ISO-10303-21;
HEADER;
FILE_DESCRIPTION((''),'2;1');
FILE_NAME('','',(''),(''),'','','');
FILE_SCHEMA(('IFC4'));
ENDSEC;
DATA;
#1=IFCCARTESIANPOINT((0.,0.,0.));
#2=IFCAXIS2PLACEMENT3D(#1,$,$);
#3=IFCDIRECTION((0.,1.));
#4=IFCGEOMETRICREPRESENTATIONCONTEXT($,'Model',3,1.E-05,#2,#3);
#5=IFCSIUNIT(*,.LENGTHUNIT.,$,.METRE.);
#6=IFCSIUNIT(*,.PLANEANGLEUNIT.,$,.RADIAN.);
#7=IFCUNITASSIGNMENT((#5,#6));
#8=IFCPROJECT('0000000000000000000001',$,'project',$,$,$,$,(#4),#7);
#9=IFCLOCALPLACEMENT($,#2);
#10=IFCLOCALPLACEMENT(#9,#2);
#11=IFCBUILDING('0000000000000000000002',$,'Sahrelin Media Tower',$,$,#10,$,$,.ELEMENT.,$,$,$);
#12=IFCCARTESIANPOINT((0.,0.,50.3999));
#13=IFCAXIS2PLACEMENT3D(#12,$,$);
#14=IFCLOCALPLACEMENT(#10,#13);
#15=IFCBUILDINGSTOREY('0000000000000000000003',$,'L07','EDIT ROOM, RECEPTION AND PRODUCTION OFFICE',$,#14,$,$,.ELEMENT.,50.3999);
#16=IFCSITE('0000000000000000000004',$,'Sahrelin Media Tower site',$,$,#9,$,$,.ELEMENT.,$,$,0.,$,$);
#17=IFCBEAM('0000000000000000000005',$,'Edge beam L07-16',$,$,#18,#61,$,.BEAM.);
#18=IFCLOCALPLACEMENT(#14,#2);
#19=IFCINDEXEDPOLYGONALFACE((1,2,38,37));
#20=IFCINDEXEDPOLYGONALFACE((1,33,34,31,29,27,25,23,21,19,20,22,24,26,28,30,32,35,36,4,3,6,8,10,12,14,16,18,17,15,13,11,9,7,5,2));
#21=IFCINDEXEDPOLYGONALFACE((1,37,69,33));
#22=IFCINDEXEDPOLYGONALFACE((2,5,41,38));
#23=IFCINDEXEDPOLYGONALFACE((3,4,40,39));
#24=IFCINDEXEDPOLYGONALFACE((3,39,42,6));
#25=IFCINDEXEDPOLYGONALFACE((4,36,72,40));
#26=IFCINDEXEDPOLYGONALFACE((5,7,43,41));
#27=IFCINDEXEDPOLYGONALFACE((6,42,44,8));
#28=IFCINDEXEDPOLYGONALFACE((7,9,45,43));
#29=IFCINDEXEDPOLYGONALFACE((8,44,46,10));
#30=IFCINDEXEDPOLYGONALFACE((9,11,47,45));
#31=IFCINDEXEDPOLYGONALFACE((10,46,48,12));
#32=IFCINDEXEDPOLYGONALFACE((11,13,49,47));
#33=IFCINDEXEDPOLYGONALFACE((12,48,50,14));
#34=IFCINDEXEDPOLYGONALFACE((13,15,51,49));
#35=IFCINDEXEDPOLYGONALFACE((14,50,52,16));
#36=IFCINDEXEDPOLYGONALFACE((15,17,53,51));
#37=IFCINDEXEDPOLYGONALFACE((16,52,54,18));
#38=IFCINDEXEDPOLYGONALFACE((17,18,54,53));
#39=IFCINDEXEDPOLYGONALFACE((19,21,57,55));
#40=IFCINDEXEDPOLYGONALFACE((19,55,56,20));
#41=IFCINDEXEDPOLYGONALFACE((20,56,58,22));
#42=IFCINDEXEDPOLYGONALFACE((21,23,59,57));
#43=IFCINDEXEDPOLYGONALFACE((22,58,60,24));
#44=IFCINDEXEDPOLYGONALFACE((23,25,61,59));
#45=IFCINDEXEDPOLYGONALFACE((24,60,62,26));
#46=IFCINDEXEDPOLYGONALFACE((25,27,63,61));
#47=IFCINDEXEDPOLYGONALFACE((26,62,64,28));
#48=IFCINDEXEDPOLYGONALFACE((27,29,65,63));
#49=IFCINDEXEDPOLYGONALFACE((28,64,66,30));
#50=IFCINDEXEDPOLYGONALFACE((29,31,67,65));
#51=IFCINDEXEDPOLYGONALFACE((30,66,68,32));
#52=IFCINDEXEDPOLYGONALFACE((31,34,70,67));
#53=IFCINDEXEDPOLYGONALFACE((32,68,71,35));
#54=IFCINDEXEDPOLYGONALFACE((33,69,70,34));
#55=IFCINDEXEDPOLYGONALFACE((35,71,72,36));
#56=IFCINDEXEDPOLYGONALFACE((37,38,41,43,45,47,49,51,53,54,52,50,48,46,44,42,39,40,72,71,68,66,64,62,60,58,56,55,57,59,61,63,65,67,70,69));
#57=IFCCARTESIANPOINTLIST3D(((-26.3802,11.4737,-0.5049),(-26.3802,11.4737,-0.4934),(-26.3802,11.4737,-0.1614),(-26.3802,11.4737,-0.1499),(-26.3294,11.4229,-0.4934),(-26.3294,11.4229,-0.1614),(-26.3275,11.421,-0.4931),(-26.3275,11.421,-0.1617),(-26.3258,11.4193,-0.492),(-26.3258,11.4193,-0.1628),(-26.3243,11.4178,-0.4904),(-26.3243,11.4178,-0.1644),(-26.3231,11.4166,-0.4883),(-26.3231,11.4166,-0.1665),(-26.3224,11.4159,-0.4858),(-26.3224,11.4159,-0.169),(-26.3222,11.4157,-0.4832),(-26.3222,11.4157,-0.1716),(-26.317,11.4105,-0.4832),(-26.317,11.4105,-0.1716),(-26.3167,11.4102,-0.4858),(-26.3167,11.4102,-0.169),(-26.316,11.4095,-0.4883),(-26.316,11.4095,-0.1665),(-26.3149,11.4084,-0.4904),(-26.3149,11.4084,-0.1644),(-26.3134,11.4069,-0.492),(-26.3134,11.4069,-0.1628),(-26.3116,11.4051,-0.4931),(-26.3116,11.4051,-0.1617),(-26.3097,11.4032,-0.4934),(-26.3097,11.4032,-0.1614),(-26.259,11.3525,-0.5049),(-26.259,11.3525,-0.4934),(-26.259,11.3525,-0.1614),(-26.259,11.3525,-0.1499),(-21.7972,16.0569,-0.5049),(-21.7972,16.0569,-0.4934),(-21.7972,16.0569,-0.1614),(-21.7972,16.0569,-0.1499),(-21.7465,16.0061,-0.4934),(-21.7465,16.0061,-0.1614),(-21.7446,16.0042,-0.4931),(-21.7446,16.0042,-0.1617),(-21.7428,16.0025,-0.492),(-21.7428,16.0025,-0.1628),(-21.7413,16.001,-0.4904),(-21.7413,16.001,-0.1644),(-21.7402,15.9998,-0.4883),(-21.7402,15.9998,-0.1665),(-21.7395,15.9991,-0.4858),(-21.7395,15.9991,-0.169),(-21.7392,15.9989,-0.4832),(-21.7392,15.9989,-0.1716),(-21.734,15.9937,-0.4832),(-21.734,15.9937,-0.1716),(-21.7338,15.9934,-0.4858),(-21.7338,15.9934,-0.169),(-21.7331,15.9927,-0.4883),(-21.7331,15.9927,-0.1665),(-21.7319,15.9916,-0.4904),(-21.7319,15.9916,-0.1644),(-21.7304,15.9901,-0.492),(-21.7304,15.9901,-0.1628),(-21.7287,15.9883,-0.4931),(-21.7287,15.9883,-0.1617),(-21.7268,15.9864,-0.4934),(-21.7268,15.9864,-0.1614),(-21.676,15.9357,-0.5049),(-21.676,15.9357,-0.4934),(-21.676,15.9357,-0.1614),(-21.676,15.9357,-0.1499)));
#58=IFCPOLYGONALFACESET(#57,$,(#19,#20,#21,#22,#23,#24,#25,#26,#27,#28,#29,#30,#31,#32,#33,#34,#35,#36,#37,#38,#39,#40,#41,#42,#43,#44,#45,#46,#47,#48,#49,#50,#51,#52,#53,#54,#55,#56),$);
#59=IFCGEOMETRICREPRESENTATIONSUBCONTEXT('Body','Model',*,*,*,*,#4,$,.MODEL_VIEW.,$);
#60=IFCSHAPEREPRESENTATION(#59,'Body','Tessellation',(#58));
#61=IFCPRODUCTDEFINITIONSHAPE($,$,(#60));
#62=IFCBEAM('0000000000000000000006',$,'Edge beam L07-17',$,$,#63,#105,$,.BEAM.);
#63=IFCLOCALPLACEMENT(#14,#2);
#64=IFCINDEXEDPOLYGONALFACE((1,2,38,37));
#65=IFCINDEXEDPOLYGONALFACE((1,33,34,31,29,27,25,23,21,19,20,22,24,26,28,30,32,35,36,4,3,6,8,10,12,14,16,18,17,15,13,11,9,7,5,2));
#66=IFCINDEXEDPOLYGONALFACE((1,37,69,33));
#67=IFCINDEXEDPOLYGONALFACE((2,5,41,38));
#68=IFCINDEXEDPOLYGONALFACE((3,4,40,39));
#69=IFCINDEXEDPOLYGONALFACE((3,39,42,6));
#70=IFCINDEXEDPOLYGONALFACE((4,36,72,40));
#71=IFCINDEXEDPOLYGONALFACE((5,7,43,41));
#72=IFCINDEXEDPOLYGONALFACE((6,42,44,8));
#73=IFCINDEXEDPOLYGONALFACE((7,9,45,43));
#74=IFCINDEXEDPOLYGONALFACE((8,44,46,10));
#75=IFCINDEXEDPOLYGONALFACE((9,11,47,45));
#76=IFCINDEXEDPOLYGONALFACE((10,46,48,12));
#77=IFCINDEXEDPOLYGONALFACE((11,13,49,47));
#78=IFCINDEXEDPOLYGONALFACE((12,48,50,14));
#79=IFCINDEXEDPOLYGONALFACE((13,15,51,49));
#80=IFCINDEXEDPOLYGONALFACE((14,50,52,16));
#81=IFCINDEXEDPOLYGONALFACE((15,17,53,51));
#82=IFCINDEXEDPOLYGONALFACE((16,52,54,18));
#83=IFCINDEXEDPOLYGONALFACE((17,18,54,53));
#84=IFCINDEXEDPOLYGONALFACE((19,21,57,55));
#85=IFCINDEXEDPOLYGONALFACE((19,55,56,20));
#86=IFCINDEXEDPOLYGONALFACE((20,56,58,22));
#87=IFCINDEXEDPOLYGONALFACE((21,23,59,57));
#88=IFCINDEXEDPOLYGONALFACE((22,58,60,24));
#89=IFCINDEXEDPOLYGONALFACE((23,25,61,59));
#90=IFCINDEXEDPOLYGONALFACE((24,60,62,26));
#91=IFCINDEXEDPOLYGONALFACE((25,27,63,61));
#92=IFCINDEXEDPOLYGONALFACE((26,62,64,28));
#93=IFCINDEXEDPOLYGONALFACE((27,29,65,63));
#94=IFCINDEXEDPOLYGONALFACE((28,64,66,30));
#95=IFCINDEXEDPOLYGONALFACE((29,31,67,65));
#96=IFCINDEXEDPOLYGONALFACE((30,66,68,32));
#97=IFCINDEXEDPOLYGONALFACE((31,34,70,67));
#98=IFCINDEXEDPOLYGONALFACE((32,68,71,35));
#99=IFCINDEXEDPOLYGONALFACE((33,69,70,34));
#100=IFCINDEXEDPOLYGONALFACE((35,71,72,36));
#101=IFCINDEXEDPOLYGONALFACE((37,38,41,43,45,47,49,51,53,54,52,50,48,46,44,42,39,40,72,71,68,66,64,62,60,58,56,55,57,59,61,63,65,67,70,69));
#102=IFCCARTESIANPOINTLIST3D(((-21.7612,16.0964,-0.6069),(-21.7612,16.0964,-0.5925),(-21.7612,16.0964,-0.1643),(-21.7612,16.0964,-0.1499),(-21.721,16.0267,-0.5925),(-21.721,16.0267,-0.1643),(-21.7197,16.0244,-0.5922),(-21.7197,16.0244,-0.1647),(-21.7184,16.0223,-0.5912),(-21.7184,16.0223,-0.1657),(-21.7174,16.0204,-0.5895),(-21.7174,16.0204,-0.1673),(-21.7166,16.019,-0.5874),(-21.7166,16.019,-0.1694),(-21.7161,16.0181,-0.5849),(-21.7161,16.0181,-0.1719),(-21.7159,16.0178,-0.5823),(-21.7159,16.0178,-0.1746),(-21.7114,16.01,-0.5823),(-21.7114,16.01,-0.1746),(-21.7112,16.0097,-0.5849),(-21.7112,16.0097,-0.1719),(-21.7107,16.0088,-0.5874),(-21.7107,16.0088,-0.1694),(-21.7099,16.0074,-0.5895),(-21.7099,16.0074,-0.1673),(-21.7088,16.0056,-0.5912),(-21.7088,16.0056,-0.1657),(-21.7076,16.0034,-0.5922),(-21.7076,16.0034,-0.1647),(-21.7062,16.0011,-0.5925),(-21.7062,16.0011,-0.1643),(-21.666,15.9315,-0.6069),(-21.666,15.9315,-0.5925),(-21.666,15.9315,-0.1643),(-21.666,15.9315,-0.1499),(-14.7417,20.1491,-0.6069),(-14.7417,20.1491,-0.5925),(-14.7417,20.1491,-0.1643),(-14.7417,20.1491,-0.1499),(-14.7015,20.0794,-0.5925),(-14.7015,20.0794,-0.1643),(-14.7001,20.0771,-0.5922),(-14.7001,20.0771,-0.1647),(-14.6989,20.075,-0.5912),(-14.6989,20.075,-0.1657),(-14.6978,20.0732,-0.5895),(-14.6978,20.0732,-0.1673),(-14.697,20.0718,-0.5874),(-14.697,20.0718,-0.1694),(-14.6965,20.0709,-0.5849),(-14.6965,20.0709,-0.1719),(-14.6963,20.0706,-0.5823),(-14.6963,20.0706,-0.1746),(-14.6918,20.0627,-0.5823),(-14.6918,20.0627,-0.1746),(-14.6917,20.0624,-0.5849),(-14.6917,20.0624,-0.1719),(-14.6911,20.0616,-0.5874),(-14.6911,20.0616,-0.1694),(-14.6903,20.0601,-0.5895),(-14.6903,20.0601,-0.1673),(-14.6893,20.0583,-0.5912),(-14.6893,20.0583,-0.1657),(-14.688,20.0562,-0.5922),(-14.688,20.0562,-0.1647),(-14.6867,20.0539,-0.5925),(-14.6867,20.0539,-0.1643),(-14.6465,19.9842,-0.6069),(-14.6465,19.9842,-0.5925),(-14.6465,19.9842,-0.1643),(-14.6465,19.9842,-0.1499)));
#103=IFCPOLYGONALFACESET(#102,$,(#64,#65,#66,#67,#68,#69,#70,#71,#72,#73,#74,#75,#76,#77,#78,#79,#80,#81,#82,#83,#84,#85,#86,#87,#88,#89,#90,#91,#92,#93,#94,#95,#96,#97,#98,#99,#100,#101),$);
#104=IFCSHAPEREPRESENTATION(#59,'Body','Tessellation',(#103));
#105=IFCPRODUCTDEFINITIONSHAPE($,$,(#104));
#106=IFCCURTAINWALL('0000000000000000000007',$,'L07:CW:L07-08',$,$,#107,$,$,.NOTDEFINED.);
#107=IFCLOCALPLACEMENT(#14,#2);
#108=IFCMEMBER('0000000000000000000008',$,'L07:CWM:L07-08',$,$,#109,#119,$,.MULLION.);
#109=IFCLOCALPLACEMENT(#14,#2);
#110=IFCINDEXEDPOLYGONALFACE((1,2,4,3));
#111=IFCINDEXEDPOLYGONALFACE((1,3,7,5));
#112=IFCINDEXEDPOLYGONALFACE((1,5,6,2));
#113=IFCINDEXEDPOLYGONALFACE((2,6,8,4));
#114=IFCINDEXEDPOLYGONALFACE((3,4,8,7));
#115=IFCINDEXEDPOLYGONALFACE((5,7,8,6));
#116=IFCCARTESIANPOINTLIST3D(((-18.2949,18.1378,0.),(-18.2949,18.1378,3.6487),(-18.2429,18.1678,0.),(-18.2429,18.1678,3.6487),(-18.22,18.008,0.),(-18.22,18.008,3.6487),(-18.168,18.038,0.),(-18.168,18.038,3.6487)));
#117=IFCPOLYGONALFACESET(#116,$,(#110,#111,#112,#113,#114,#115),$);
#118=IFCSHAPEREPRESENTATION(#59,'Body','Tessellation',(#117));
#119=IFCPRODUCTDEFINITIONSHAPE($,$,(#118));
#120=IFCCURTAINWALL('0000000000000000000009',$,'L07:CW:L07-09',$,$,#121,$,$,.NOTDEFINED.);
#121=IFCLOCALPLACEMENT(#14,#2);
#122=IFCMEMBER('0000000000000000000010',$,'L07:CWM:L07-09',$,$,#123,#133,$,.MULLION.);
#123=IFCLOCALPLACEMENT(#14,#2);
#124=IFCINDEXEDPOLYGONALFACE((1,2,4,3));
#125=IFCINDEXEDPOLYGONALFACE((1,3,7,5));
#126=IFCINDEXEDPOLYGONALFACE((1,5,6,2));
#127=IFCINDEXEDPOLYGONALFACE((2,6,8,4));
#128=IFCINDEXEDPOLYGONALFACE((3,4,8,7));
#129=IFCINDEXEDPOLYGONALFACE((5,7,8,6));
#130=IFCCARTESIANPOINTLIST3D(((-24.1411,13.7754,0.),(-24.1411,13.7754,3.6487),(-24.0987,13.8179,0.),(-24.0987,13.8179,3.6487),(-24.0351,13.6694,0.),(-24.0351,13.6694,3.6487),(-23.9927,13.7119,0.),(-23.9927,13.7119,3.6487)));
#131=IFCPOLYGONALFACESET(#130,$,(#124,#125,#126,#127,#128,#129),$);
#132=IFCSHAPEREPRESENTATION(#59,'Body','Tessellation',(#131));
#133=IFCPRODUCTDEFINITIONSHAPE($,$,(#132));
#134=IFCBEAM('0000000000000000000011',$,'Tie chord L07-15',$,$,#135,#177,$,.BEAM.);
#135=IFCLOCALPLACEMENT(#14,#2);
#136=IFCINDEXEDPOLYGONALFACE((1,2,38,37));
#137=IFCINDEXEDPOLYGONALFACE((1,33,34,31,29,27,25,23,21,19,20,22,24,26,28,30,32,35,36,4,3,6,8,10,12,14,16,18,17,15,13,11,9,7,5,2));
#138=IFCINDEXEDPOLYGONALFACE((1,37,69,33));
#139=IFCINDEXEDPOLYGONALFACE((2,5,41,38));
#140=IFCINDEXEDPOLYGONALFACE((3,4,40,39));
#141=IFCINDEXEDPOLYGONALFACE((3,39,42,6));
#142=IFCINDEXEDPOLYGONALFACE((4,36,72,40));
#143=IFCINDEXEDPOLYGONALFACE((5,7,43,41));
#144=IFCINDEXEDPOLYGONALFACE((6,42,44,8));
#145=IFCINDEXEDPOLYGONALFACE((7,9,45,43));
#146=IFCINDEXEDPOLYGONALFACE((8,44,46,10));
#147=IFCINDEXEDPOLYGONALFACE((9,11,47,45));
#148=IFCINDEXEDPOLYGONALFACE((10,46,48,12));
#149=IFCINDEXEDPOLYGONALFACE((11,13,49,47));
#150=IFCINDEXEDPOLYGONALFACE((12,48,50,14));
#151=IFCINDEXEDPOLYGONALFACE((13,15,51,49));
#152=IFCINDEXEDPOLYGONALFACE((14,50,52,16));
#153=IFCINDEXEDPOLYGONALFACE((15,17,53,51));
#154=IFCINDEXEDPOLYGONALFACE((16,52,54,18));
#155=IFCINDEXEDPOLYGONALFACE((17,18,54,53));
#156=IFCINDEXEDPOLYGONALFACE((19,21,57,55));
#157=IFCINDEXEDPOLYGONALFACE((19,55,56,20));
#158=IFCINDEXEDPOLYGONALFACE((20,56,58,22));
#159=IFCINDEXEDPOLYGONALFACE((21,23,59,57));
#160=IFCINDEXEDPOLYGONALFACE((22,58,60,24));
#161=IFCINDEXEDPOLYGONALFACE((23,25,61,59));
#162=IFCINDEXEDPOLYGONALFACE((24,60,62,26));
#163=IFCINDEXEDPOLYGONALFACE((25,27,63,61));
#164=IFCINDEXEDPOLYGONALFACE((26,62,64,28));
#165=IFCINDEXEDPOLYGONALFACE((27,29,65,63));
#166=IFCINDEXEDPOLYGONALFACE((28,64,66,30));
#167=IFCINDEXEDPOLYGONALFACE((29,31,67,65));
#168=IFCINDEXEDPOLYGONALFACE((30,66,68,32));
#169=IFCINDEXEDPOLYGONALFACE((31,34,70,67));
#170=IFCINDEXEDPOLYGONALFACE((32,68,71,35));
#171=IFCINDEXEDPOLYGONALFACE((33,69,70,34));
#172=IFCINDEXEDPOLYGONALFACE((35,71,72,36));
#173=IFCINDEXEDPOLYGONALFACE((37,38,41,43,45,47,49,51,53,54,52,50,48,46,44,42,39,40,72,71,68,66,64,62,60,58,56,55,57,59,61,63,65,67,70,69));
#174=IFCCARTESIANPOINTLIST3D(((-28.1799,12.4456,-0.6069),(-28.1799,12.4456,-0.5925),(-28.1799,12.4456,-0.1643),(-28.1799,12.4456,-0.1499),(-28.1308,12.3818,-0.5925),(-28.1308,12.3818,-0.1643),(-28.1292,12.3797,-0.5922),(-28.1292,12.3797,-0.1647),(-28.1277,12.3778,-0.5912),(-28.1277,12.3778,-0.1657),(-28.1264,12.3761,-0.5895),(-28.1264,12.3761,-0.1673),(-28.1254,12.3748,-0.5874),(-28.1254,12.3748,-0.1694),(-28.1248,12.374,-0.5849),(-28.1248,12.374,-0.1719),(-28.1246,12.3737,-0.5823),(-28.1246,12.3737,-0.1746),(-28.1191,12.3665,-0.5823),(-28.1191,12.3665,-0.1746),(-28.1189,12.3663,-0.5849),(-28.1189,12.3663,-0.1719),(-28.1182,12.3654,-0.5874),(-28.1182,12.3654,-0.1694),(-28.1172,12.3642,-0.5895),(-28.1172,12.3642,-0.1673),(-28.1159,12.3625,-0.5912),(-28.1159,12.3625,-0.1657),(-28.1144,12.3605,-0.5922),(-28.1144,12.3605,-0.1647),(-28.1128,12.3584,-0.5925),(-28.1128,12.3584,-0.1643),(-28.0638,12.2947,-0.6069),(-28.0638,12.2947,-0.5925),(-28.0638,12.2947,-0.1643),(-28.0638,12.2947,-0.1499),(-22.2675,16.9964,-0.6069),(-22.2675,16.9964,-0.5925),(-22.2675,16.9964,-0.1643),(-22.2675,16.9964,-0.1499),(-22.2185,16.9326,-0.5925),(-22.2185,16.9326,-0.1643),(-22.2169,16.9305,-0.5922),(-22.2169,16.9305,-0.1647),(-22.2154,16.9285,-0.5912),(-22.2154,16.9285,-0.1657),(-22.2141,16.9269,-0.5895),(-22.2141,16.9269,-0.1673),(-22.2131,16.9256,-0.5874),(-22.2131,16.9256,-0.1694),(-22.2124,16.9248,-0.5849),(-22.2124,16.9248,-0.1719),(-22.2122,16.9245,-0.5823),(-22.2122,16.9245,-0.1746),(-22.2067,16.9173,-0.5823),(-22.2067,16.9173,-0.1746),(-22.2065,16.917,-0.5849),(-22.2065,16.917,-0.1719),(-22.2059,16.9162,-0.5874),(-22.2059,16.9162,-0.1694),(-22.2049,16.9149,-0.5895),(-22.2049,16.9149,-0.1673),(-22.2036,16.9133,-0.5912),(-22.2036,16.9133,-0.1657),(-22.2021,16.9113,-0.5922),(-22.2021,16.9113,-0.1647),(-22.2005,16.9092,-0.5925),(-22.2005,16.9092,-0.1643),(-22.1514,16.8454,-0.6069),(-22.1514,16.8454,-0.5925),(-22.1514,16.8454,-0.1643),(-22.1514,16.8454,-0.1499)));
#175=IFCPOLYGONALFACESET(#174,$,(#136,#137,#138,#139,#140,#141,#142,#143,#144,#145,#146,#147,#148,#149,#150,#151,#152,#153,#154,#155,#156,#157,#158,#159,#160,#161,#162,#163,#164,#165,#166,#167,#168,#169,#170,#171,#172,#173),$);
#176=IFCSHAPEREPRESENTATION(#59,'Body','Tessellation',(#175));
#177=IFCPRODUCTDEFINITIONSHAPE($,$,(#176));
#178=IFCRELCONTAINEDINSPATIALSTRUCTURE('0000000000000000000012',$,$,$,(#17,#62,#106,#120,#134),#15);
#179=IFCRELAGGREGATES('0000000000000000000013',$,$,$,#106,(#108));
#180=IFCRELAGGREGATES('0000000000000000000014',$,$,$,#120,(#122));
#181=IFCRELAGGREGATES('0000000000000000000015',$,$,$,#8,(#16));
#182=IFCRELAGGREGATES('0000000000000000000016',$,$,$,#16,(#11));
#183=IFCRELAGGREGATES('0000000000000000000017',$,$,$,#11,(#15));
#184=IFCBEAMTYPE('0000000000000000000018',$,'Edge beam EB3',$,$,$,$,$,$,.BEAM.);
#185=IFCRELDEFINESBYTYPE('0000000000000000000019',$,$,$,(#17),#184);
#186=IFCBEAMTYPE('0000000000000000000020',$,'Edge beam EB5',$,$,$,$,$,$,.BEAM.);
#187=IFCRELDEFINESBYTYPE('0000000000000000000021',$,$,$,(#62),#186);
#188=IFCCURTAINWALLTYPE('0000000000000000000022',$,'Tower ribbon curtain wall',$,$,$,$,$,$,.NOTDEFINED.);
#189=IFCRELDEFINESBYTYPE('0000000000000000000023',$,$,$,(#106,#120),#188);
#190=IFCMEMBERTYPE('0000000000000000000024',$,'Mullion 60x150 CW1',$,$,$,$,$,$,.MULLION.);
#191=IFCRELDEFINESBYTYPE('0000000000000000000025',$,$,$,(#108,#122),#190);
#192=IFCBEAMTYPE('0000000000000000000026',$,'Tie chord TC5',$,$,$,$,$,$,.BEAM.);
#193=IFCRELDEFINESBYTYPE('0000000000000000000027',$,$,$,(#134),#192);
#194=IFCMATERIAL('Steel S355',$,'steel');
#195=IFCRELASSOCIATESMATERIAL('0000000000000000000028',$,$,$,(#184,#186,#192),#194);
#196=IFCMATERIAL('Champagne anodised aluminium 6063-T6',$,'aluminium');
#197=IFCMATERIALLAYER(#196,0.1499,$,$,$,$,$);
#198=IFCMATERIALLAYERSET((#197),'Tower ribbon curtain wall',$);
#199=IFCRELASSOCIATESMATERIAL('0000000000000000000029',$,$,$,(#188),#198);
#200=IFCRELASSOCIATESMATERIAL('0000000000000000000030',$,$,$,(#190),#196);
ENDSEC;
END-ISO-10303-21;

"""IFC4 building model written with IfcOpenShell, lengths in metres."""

from ifc_helpers import new_model, si_unit, direction, frame, origin, origin_2d, place, context, subcontext, project, spatial, rectangle, i_section, extrude, material, layer, layer_set, material_profile, profile_set, type_object, element, aggregate, save


model = new_model("IFC4")

# Units and contexts
model_context = context("Model", 3, precision=1e-05, world=origin(), true_north=direction((0.0, 1.0)))
body_context = subcontext(model_context, "Body", "Model", "MODEL_VIEW")
ifc_project = project(units=[si_unit("LENGTHUNIT", "METRE"), si_unit("PLANEANGLEUNIT", "RADIAN")], contexts=[model_context])

# Site, building, storey
site_placement = place(None, origin())
site = spatial("IfcSite", under=ifc_project, at=site_placement, Name="Sahrelin Media Tower site", CompositionType="ELEMENT", RefElevation=0.0)
building_placement = place(site_placement, origin())
building = spatial("IfcBuilding", under=site, at=building_placement, Name="Sahrelin Media Tower", CompositionType="ELEMENT")
storey_placement = place(building_placement, frame((0.0, 0.0, 50.3999)))
storey = spatial("IfcBuildingStorey", under=building, at=storey_placement, Name="L07", Description="EDIT ROOM, RECEPTION AND PRODUCTION OFFICE", CompositionType="ELEMENT", Elevation=50.3999)

# Beams
ifc_material_1 = material(Name="Steel S355", Category="steel")
ifc_material_profile_1 = material_profile(ifc_material_1, i_section(OverallWidth=0.1714, OverallDepth=0.355, WebThickness=0.0073, FlangeThickness=0.0115, FilletRadius=0.0103, at=origin_2d()), Name="UB 356x171x51")
ifc_profile_set_1 = profile_set([ifc_material_profile_1], Name="Steel S355")
beam_type_1 = type_object("IfcBeamType", Name="Edge beam EB3", PredefinedType="BEAM", material=ifc_profile_set_1)
beam_1_placement = place(storey_placement, frame((-26.3196, 11.4131, -0.3274), z_axis=(0.707088, 0.707126, 0.0), x_axis=(-0.707126, 0.707088, 0.0)))
element("IfcBeam", 1, at=beam_1_placement, inside=storey, type_object=beam_type_1, Name="Edge beam L07-16", PredefinedType="BEAM", context=body_context, shape_type="SweptSolid", body=[
    extrude(i_section(OverallWidth=0.1714, OverallDepth=0.355, WebThickness=0.0073, FlangeThickness=0.0115, FilletRadius=0.0103, at=origin_2d()), origin(), (0.0, 0.0, 1.0), 6.4814),
])
ifc_material_profile_2 = material_profile(ifc_material_1, i_section(OverallWidth=0.1904, OverallDepth=0.457, WebThickness=0.009, FlangeThickness=0.0144, FilletRadius=0.0103, at=origin_2d()), Name="UB 457x191x74")
ifc_profile_set_2 = profile_set([ifc_material_profile_2], Name="Steel S355")
beam_type_2 = type_object("IfcBeamType", Name="Edge beam EB5", PredefinedType="BEAM", material=ifc_profile_set_2)
beam_2_placement = place(storey_placement, frame((-21.7136, 16.0139, -0.3784), z_axis=(0.866025, 0.500001, 0.0), x_axis=(-0.500001, 0.866025, 0.0)))
element("IfcBeam", 2, at=beam_2_placement, inside=storey, type_object=beam_type_2, Name="Edge beam L07-17", PredefinedType="BEAM", context=body_context, shape_type="SweptSolid", body=[
    extrude(i_section(OverallWidth=0.1904, OverallDepth=0.457, WebThickness=0.009, FlangeThickness=0.0144, FilletRadius=0.0103, at=origin_2d()), origin(), (0.0, 0.0, 1.0), 8.1055),
])

# Curtain walls, members
ifc_material_2 = material(Name="Champagne anodised aluminium 6063-T6", Category="aluminium")
ifc_layer_1 = layer(ifc_material_2, 0.1499)
ifc_layer_set_1 = layer_set([ifc_layer_1], Name="Tower ribbon curtain wall")
curtain_wall_type = type_object("IfcCurtainWallType", Name="Tower ribbon curtain wall", PredefinedType="NOTDEFINED", material=ifc_layer_set_1)
curtain_wall_1_placement = place(storey_placement, frame((-18.2788, 18.1702, 0.0), z_axis=(0.0, 0.0, 1.0), x_axis=(1.0, 0.0, 0.0)))
curtain_wall_1 = element("IfcCurtainWall", 3, at=curtain_wall_1_placement, inside=storey, type_object=curtain_wall_type, Name="L07:CW:L07-08", PredefinedType="NOTDEFINED")
ifc_material_profile_3 = material_profile(ifc_material_2, rectangle(XDim=0.0601, YDim=0.1499, at=origin_2d()), Name="Mullion 60x150")
ifc_profile_set_3 = profile_set([ifc_material_profile_3], Name="Champagne anodised aluminium 6063-T6")
member_type_1 = type_object("IfcMemberType", Name="Mullion 60x150 CW1", PredefinedType="MULLION", material=ifc_profile_set_3)
member_1_placement = place(storey_placement, frame((-18.2314, 18.0879, 0.0), z_axis=(0.0, 0.0, 1.0), x_axis=(-0.866025, -0.5, 0.0)))
member_1 = element("IfcMember", 4, at=member_1_placement, type_object=member_type_1, Name="L07:CWM:L07-08", PredefinedType="MULLION", context=body_context, shape_type="SweptSolid", body=[
    extrude(rectangle(XDim=0.0601, YDim=0.1499, at=origin_2d()), origin(), (0.0, 0.0, 1.0), 3.6487),
])
aggregate(curtain_wall_1, [member_1])
curtain_wall_2_placement = place(storey_placement, frame((-24.134, 13.8108, 0.0), z_axis=(0.0, 0.0, 1.0), x_axis=(1.0, 0.0, 0.0)))
curtain_wall_2 = element("IfcCurtainWall", 5, at=curtain_wall_2_placement, inside=storey, type_object=curtain_wall_type, Name="L07:CW:L07-09", PredefinedType="NOTDEFINED")
member_2_placement = place(storey_placement, frame((-24.0669, 13.7437, 0.0), z_axis=(0.0, 0.0, 1.0), x_axis=(-0.707107, -0.707107, 0.0)))
member_2 = element("IfcMember", 6, at=member_2_placement, type_object=member_type_1, Name="L07:CWM:L07-09", PredefinedType="MULLION", context=body_context, shape_type="SweptSolid", body=[
    extrude(rectangle(XDim=0.0601, YDim=0.1499, at=origin_2d()), origin(), (0.0, 0.0, 1.0), 3.6487),
])

# Beam
ifc_material_profile_4 = material_profile(ifc_material_1, i_section(OverallWidth=0.1904, OverallDepth=0.457, WebThickness=0.009, FlangeThickness=0.0144, FilletRadius=0.0103, at=origin_2d()), Name="UB 457x191x74")
ifc_profile_set_4 = profile_set([ifc_material_profile_4], Name="Steel S355")
beam_type_3 = type_object("IfcBeamType", Name="Tie chord TC5", PredefinedType="BEAM", material=ifc_profile_set_4)
beam_3_placement = place(storey_placement, frame((-28.1218, 12.3701, -0.3784), z_axis=(0.792441, 0.609948, 0.0), x_axis=(-0.609948, 0.792441, 0.0)))
element("IfcBeam", 7, at=beam_3_placement, inside=storey, type_object=beam_type_3, Name="Tie chord L07-15", PredefinedType="BEAM", context=body_context, shape_type="SweptSolid", body=[
    extrude(i_section(OverallWidth=0.1904, OverallDepth=0.457, WebThickness=0.009, FlangeThickness=0.0144, FilletRadius=0.0103, at=origin_2d()), origin(), (0.0, 0.0, 1.0), 7.4609),
])

aggregate(curtain_wall_2, [member_2])

save(model, "model.ifc")
